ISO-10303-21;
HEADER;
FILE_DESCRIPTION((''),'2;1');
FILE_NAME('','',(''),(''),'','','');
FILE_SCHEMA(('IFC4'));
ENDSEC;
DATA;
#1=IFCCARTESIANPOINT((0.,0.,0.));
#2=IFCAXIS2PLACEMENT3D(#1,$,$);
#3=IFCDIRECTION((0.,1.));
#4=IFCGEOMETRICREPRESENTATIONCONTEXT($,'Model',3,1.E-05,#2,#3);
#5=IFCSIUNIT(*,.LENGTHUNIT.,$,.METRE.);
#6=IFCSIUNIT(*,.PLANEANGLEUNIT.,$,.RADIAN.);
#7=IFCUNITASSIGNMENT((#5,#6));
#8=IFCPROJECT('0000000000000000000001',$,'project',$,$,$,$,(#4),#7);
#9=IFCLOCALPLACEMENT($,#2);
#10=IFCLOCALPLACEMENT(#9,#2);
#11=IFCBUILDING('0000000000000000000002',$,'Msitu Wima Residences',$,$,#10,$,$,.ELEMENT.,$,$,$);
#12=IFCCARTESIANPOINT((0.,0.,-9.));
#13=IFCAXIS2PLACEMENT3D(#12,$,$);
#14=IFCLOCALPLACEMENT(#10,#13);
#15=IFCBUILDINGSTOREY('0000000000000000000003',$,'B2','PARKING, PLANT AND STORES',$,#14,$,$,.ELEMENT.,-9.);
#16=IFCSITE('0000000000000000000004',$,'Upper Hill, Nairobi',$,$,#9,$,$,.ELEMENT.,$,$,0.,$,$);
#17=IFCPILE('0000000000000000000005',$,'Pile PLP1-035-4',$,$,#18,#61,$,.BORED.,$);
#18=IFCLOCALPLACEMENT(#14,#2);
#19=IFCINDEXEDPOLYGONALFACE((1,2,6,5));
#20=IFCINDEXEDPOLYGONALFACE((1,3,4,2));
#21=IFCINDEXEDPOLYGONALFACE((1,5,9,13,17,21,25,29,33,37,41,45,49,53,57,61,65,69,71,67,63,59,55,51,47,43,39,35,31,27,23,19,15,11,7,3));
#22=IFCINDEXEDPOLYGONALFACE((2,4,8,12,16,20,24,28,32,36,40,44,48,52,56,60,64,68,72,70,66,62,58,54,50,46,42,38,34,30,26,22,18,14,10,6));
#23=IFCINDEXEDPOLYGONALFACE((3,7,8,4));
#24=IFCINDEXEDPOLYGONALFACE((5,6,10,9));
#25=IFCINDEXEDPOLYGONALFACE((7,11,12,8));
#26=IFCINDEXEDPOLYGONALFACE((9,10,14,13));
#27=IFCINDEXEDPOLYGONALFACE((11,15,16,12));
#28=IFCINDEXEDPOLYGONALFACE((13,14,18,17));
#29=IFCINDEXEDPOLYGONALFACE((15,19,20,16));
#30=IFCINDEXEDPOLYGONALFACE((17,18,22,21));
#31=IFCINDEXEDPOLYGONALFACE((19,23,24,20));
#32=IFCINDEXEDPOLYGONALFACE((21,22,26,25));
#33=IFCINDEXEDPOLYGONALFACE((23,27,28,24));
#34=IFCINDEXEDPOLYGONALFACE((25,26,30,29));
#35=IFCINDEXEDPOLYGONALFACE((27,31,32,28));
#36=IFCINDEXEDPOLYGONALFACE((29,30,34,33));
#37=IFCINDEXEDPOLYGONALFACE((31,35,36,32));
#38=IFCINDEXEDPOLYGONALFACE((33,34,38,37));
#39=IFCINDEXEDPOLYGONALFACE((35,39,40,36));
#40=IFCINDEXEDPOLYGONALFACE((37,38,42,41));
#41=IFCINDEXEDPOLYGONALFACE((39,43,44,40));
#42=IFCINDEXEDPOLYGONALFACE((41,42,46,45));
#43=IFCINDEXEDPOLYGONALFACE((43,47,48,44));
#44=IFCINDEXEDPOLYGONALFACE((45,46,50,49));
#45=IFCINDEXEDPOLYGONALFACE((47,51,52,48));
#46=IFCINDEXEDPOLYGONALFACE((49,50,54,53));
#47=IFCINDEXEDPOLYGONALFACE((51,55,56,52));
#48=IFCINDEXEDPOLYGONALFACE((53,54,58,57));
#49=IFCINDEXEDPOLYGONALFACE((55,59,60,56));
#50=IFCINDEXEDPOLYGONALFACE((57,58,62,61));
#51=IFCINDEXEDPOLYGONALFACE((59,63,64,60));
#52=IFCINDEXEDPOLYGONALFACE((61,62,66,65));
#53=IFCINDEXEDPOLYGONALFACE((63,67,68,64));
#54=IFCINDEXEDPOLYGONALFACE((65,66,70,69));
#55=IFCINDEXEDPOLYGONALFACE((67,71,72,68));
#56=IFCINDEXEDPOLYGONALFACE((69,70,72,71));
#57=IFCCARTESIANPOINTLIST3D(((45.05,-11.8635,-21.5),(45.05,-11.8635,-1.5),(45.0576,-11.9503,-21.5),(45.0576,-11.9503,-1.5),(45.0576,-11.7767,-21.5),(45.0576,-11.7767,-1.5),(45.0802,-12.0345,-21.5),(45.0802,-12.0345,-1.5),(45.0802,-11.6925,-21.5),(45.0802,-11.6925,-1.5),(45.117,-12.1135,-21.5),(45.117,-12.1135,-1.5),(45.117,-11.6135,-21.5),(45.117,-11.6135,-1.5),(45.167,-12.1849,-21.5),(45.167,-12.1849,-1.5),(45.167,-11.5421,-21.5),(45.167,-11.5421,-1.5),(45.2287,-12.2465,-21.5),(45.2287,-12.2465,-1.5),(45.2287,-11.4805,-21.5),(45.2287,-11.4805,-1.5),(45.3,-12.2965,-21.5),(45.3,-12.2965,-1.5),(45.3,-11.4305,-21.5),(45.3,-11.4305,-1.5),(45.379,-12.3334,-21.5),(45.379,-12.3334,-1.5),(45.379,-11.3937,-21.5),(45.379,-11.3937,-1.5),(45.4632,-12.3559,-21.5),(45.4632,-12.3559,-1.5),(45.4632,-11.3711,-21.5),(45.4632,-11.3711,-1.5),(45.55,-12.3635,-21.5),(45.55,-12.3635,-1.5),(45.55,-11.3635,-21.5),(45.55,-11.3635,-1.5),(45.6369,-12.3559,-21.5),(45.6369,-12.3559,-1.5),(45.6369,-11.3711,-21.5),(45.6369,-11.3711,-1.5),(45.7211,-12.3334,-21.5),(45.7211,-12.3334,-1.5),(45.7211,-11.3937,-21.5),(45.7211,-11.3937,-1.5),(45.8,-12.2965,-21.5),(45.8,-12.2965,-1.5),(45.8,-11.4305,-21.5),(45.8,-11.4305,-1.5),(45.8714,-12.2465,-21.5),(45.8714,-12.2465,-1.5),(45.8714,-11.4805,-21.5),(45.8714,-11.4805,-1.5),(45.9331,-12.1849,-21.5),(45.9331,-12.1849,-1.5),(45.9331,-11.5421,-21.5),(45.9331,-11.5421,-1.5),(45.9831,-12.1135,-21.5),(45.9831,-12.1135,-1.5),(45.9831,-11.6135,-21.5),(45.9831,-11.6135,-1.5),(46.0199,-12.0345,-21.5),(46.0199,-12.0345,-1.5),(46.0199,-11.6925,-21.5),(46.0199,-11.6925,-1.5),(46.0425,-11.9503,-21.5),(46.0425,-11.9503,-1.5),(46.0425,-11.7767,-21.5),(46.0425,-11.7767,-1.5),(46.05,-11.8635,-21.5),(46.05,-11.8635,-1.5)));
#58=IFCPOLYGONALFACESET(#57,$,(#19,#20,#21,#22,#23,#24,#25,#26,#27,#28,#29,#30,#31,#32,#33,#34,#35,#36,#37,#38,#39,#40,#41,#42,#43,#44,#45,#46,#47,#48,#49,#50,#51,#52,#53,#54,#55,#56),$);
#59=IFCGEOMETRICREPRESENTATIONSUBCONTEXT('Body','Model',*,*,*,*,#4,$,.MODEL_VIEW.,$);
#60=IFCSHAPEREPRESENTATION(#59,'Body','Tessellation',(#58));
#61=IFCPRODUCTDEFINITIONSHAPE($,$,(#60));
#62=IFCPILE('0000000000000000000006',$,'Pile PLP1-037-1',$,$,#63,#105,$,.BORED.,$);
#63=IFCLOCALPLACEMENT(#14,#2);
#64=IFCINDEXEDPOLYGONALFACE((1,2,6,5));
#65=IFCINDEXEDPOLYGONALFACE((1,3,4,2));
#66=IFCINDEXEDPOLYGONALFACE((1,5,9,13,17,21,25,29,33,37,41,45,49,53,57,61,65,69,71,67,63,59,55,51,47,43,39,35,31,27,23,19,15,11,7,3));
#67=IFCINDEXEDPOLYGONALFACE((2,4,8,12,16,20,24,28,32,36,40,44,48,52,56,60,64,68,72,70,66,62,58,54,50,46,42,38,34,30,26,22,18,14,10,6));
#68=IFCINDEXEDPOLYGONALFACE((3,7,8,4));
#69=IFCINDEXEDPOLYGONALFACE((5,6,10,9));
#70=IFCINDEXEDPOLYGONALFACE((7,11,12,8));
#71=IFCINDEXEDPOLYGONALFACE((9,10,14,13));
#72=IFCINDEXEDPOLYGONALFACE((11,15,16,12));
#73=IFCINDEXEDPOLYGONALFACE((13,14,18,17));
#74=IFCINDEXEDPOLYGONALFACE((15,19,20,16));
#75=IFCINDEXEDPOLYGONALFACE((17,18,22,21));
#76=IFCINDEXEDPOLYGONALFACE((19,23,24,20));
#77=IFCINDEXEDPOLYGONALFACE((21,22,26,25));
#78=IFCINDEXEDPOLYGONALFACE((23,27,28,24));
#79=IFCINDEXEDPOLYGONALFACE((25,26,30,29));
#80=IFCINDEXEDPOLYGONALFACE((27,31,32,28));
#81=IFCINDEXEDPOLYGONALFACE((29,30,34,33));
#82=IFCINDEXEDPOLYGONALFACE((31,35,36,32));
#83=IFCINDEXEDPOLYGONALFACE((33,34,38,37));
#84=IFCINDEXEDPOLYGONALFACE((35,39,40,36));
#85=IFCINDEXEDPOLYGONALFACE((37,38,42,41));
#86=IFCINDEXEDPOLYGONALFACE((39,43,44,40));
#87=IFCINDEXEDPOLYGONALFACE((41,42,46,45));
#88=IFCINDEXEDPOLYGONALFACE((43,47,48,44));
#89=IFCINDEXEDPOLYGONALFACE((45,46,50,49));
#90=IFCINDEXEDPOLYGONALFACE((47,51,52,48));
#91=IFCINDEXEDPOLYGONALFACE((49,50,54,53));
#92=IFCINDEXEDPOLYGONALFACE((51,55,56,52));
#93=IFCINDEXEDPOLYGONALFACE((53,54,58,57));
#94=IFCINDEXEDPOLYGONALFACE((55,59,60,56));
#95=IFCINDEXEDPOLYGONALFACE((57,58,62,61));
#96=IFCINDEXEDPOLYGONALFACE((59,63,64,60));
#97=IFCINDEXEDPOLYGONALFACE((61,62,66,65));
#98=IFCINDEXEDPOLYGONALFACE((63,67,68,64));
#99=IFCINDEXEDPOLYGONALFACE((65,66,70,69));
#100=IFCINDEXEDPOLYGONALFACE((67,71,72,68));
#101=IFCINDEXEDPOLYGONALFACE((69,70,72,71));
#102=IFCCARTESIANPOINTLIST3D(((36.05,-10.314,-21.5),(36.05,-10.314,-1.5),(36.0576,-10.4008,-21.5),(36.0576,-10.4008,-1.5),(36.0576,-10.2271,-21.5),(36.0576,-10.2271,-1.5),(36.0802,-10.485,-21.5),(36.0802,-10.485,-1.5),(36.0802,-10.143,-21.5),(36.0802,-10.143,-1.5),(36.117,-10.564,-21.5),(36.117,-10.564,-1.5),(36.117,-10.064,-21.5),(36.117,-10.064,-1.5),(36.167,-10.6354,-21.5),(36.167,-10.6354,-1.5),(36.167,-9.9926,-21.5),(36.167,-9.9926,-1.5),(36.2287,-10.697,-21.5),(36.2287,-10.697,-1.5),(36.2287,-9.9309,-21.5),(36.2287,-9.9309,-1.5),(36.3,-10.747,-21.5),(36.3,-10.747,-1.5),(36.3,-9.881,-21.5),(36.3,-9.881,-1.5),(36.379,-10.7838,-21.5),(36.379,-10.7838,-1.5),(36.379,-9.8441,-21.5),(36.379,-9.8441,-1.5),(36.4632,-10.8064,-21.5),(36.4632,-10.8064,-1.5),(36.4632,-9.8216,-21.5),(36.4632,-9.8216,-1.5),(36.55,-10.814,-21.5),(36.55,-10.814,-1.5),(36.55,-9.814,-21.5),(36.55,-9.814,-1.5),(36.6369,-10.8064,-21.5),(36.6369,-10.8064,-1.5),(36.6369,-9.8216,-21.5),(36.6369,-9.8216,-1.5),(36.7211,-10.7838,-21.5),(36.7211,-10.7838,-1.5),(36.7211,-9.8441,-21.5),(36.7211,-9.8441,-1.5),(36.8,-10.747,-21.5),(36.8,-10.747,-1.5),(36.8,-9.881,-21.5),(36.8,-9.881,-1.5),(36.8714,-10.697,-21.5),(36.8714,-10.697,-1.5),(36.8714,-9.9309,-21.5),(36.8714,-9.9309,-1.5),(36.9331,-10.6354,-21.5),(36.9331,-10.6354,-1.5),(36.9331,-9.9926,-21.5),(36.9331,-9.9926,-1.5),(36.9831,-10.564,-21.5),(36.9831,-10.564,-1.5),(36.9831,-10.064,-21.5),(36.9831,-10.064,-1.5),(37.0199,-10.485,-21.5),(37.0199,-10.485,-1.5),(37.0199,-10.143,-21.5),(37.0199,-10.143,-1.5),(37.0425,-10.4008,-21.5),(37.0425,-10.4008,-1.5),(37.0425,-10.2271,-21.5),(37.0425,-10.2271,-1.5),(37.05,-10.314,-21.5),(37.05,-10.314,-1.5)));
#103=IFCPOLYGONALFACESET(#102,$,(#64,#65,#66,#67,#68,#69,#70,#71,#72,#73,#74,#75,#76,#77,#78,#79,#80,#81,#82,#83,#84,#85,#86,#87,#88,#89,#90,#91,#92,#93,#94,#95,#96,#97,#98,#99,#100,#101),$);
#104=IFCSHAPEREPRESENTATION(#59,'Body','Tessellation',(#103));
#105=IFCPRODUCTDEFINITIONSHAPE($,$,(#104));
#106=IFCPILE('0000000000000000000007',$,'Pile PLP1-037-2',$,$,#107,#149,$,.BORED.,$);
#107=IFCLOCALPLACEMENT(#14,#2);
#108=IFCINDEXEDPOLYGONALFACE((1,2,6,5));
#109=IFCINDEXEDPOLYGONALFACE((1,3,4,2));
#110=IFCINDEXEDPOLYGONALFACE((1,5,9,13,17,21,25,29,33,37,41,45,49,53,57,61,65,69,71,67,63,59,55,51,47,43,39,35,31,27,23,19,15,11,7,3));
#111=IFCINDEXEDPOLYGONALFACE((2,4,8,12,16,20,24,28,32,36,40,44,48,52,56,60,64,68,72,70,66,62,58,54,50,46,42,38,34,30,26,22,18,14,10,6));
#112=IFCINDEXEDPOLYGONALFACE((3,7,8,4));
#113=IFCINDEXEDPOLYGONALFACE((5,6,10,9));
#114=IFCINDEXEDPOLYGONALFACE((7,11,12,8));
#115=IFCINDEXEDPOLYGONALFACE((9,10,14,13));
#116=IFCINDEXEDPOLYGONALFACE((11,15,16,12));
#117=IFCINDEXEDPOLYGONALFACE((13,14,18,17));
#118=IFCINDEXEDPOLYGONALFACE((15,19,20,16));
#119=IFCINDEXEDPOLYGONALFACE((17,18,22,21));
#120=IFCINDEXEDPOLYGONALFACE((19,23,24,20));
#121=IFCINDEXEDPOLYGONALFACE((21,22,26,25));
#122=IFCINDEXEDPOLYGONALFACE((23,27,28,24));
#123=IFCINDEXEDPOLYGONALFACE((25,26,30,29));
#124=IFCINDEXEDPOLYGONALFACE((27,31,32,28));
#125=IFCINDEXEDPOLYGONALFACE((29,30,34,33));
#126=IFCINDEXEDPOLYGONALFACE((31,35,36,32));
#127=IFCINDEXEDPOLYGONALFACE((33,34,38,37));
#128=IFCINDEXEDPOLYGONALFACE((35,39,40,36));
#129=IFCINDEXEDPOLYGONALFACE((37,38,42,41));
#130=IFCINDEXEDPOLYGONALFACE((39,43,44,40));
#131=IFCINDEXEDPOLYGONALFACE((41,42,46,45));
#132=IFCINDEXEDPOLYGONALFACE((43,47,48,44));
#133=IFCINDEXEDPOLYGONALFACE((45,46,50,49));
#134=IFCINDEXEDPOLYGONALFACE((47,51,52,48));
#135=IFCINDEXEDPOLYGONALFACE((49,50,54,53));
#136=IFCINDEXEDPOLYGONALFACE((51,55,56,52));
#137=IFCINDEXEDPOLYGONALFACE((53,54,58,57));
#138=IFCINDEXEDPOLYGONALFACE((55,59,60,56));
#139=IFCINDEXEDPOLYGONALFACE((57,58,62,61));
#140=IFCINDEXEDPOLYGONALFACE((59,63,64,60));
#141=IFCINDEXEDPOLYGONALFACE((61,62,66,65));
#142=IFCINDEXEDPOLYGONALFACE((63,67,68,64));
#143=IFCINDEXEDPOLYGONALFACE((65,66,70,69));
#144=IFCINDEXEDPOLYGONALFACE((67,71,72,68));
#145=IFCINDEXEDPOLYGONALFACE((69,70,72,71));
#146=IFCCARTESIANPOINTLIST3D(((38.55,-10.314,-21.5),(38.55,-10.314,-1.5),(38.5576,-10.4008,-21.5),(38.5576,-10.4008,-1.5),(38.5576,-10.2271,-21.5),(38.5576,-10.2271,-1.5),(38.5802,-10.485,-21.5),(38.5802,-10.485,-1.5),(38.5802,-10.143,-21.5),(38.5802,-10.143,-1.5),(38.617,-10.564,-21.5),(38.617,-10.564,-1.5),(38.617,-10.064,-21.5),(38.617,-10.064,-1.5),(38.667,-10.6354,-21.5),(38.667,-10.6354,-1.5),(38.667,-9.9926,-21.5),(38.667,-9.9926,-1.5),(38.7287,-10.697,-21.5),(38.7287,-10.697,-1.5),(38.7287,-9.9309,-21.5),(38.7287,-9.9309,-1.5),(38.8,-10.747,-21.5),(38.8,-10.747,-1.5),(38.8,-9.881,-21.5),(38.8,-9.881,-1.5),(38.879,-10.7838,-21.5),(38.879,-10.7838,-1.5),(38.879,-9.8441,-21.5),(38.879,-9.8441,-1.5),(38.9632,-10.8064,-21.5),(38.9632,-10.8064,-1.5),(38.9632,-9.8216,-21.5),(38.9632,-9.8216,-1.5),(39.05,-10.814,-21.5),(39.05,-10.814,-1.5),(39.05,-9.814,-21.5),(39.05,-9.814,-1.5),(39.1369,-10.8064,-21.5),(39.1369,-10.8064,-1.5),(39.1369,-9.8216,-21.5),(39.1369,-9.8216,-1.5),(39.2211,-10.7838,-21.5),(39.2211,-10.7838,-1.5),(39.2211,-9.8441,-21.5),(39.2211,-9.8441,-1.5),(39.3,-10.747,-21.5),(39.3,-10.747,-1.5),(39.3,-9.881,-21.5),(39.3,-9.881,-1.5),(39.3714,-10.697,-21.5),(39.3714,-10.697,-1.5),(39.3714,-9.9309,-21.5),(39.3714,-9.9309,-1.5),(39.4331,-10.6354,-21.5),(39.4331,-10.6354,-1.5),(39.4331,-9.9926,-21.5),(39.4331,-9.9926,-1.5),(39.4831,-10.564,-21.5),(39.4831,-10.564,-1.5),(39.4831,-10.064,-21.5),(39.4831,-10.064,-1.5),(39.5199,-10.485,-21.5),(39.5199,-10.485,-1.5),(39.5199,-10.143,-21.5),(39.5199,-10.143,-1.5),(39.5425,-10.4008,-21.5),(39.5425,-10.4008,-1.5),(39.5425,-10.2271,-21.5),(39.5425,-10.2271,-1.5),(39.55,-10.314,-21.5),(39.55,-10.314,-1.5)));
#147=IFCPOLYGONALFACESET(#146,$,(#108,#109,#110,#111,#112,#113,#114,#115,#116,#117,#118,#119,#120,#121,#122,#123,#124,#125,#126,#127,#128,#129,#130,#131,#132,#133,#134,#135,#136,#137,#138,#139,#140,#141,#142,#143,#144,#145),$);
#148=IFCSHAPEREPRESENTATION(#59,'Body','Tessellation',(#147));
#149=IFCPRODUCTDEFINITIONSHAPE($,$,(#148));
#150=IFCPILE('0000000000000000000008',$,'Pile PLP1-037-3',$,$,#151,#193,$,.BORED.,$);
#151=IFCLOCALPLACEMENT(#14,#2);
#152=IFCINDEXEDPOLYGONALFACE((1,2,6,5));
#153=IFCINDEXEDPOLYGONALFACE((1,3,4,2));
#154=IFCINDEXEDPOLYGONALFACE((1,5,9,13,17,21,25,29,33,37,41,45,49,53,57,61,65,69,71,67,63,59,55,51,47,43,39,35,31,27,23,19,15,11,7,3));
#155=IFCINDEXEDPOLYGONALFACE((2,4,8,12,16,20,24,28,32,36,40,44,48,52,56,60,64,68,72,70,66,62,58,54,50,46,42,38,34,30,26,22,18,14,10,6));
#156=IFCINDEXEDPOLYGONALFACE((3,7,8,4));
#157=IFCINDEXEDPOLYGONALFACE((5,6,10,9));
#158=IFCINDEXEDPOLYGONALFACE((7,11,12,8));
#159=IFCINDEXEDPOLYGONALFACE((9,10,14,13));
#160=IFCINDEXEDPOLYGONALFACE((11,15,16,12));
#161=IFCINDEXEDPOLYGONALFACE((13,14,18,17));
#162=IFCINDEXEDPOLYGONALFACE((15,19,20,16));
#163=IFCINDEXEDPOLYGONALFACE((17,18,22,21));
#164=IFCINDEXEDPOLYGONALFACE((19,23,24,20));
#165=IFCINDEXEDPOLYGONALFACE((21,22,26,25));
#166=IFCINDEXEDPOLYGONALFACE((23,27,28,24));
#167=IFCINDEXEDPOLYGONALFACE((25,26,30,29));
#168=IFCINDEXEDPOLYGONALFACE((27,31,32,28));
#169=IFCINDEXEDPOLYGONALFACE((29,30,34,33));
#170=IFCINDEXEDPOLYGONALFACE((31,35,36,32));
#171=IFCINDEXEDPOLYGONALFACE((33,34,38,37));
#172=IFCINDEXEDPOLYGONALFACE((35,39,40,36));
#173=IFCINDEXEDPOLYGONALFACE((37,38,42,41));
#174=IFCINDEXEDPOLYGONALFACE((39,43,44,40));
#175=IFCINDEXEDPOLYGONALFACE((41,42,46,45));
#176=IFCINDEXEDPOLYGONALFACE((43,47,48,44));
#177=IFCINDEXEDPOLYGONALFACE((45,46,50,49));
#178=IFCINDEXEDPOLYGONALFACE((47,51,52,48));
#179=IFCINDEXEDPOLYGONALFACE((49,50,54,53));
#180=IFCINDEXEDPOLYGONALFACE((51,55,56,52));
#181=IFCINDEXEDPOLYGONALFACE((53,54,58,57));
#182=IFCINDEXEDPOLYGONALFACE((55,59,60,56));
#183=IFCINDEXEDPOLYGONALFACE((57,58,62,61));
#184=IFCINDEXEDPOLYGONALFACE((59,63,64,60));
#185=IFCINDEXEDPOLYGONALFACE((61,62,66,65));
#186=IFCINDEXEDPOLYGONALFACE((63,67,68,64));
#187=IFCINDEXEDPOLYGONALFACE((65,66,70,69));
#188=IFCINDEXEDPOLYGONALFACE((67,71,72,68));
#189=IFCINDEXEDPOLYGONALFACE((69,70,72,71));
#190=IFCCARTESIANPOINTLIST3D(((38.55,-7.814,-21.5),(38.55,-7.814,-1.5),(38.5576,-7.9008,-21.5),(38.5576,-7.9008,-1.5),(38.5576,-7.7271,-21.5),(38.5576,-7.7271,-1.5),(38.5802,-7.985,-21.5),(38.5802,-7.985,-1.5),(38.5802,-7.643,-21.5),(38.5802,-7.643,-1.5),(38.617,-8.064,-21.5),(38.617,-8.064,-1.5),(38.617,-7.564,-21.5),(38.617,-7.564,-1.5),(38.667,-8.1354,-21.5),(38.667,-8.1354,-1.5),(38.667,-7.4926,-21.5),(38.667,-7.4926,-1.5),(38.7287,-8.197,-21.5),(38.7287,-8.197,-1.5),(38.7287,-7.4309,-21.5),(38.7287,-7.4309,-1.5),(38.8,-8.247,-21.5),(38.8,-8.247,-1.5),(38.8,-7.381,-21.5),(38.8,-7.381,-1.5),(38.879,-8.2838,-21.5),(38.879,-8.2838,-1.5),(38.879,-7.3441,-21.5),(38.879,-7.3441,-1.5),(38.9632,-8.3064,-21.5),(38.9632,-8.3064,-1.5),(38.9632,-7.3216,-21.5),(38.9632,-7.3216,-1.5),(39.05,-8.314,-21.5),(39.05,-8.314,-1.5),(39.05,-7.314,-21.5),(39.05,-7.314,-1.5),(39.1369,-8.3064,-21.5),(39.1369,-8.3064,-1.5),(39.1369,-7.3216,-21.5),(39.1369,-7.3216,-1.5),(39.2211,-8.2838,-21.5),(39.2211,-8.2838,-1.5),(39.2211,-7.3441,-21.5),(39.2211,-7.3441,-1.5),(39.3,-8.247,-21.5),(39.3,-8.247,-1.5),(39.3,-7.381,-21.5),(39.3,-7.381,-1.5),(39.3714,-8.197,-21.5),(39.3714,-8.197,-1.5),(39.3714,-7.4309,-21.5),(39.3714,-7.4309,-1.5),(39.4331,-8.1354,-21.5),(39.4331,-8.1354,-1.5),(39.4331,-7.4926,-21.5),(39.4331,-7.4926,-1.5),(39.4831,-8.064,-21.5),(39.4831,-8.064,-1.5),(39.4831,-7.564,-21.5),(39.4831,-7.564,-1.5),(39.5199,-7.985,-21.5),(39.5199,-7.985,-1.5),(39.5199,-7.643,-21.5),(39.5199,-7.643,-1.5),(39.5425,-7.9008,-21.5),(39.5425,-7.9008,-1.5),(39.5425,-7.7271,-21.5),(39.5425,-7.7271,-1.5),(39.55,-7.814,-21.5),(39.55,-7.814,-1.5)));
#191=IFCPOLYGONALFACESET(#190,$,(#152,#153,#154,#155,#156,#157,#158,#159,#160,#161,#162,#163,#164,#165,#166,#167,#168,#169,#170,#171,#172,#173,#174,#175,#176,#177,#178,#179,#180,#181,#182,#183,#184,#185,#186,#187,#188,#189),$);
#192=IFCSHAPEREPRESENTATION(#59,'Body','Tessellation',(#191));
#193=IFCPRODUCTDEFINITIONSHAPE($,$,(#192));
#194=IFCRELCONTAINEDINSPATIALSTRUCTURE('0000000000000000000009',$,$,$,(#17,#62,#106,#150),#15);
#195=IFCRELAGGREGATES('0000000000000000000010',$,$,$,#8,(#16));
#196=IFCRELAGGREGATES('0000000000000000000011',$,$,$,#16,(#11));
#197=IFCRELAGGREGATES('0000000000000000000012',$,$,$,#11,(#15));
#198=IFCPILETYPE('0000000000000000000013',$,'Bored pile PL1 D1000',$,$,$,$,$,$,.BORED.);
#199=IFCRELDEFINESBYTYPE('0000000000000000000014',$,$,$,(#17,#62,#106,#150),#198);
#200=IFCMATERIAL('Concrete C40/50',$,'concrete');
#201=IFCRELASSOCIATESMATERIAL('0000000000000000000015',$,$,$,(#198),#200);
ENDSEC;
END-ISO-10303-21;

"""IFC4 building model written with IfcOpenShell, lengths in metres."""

from ifc_helpers import new_model, si_unit, direction, frame, origin, origin_2d, place, context, subcontext, project, spatial, circle, extrude, material, type_object, element, save


model = new_model("IFC4")

# Units and contexts
model_context = context("Model", 3, precision=1e-05, world=origin(), true_north=direction((0.0, 1.0)))
body_context = subcontext(model_context, "Body", "Model", "MODEL_VIEW")
ifc_project = project(units=[si_unit("LENGTHUNIT", "METRE"), si_unit("PLANEANGLEUNIT", "RADIAN")], contexts=[model_context])

# Site, building, storey
site_placement = place(None, origin())
site = spatial("IfcSite", under=ifc_project, at=site_placement, Name="Upper Hill, Nairobi", CompositionType="ELEMENT", RefElevation=0.0)
building_placement = place(site_placement, origin())
building = spatial("IfcBuilding", under=site, at=building_placement, Name="Msitu Wima Residences", CompositionType="ELEMENT")
storey_placement = place(building_placement, frame((0.0, 0.0, -9.0)))
storey = spatial("IfcBuildingStorey", under=building, at=storey_placement, Name="B2", Description="PARKING, PLANT AND STORES", CompositionType="ELEMENT", Elevation=-9.0)

# Piles
ifc_material_1 = material(Name="Concrete C40/50", Category="concrete")
pile_type_1 = type_object("IfcPileType", Name="Bored pile PL1 D1000", PredefinedType="BORED", material=ifc_material_1)
for number, where, z_axis, x_axis, name in (
    (1, (45.55, -11.8635, -1.5), (0.0, 0.0, -1.0), (1.0, 0.0, 0.0), "Pile PLP1-035-4"),
    (2, (36.55, -10.314, -1.5), (0.0, 0.0, -1.0), (1.0, 0.0, 0.0), "Pile PLP1-037-1"),
    (3, (39.05, -10.314, -1.5), (0.0, 0.0, -1.0), (1.0, 0.0, 0.0), "Pile PLP1-037-2"),
    (4, (39.05, -7.814, -1.5), (0.0, 0.0, -1.0), (1.0, 0.0, 0.0), "Pile PLP1-037-3"),
):
    element("IfcPile", number, at=place(storey_placement, frame(where, z_axis=z_axis, x_axis=x_axis)), inside=storey, type_object=pile_type_1, Name=name, PredefinedType="BORED", context=body_context, shape_type="SweptSolid", body=[
        extrude(circle(Radius=0.5, at=origin_2d()), origin(), (0.0, 0.0, 1.0), 20.0),
    ])

save(model, "model.ifc")
